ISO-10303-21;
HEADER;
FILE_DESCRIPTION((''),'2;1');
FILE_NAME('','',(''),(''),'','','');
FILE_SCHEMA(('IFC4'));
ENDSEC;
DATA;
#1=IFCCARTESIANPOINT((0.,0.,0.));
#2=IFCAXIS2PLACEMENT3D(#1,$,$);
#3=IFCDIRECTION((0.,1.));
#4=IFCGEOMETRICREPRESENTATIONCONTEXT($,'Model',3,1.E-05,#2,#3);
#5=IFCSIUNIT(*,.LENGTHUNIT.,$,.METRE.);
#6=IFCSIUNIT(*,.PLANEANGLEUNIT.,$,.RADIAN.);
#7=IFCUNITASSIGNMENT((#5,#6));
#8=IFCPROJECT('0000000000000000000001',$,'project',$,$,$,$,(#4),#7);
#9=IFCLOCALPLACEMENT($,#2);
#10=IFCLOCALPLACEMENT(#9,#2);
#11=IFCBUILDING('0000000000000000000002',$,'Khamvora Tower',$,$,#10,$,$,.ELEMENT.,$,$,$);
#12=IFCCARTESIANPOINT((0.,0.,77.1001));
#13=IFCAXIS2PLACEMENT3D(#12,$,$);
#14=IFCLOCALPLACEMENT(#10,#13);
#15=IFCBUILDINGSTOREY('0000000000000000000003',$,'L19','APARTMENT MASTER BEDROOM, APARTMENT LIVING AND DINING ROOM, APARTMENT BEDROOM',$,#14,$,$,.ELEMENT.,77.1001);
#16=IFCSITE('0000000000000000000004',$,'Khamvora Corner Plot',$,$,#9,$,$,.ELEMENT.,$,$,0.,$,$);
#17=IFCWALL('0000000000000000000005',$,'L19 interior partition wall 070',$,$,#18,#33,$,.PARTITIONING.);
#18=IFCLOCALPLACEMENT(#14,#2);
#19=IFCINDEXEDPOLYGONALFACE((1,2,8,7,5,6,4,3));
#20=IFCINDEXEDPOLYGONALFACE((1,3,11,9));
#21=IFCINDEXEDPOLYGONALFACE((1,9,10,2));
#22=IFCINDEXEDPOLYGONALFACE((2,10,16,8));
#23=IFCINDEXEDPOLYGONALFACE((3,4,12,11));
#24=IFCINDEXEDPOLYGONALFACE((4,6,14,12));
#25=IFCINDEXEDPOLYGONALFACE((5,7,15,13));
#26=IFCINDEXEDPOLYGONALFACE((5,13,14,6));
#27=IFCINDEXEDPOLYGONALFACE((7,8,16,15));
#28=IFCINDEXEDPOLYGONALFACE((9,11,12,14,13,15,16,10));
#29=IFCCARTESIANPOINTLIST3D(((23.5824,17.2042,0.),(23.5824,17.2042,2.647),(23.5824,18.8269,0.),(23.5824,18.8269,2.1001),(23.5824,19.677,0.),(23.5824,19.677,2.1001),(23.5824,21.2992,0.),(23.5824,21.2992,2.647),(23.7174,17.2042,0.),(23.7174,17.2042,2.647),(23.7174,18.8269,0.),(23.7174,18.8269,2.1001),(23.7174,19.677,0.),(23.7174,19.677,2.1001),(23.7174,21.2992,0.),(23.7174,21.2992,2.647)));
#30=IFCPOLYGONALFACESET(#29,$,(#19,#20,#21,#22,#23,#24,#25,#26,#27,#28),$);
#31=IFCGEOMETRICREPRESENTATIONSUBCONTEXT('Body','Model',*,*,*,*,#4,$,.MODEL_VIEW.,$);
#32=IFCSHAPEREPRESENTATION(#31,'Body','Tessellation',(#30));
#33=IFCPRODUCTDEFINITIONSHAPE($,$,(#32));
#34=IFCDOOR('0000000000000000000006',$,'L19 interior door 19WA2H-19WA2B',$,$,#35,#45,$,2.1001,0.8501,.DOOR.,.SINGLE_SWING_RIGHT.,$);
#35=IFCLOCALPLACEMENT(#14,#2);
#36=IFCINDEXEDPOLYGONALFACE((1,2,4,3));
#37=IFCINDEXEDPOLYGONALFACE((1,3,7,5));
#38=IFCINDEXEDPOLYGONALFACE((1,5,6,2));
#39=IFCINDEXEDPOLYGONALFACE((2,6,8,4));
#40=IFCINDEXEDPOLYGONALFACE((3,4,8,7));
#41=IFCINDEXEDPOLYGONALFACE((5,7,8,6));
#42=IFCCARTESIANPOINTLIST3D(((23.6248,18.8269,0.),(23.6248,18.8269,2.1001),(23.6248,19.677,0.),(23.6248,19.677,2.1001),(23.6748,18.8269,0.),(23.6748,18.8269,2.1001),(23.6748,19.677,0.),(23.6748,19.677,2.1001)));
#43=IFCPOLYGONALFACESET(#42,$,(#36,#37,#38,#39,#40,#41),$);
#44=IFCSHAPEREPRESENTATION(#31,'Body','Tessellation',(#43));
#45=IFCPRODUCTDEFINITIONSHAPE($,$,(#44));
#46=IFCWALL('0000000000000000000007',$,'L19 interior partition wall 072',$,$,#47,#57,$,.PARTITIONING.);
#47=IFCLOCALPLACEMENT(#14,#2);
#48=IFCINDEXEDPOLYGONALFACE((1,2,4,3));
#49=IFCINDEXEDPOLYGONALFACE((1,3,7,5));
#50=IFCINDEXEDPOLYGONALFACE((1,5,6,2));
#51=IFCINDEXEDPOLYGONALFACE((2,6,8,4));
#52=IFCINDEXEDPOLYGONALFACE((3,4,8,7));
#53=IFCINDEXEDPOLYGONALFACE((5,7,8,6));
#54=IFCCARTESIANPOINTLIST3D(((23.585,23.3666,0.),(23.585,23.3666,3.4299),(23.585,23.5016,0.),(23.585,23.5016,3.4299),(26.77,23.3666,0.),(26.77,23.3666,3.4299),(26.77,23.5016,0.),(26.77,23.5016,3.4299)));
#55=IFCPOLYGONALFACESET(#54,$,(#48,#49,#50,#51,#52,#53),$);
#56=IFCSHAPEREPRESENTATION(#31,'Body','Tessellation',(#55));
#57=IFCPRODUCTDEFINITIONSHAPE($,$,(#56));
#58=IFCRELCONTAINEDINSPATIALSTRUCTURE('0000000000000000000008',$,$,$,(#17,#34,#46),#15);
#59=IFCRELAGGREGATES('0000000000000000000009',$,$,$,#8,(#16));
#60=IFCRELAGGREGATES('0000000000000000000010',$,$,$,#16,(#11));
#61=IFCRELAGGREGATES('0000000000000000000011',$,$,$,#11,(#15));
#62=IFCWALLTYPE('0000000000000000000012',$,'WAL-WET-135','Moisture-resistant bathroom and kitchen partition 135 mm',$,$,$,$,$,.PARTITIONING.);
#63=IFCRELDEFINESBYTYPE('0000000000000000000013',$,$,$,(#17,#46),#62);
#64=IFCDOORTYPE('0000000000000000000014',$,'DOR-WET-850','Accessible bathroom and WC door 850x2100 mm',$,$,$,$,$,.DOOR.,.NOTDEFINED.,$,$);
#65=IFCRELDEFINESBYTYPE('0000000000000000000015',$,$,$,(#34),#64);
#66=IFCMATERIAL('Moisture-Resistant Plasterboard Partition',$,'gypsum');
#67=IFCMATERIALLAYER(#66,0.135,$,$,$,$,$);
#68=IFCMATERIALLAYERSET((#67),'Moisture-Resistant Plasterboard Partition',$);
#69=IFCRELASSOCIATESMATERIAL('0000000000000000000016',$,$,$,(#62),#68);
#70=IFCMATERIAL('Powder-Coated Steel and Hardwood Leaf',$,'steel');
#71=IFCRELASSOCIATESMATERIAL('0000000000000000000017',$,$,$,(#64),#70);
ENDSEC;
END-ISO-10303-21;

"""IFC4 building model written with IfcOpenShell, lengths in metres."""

from ifc_helpers import new_model, si_unit, direction, frame, frame_2d, origin, place, context, subcontext, project, spatial, rectangle, extrude, material, layer, layer_set, type_object, element, fill, save


model = new_model("IFC4")

# Units and contexts
model_context = context("Model", 3, precision=1e-05, world=origin(), true_north=direction((0.0, 1.0)))
body_context = subcontext(model_context, "Body", "Model", "MODEL_VIEW")
ifc_project = project(units=[si_unit("LENGTHUNIT", "METRE"), si_unit("PLANEANGLEUNIT", "RADIAN")], contexts=[model_context])

# Site, building, storey
site_placement = place(None, origin())
site = spatial("IfcSite", under=ifc_project, at=site_placement, Name="Khamvora Corner Plot", CompositionType="ELEMENT", RefElevation=0.0)
building_placement = place(site_placement, origin())
building = spatial("IfcBuilding", under=site, at=building_placement, Name="Khamvora Tower", CompositionType="ELEMENT")
storey_placement = place(building_placement, frame((0.0, 0.0, 77.1001)))
storey = spatial("IfcBuildingStorey", under=building, at=storey_placement, Name="L19", Description="APARTMENT MASTER BEDROOM, APARTMENT LIVING AND DINING ROOM, APARTMENT BEDROOM", CompositionType="ELEMENT", Elevation=77.1001)

# Shared definitions
ifc_material_1 = material(Name="Powder-Coated Steel and Hardwood Leaf", Category="steel")

# Shared definitions
ifc_material_2 = material(Name="Moisture-Resistant Plasterboard Partition", Category="gypsum")
ifc_layer_1 = layer(ifc_material_2, 0.135)
ifc_layer_set_1 = layer_set([ifc_layer_1], Name="Moisture-Resistant Plasterboard Partition")
wall_type_1 = type_object("IfcWallType", Name="WAL-WET-135", Description="Moisture-resistant bathroom and kitchen partition 135 mm", PredefinedType="PARTITIONING", material=ifc_layer_set_1)

# Wall, opening, door
wall_1_placement = place(storey_placement, frame((23.6499, 21.2991, 0.0), z_axis=(0.0, 0.0, 1.0), x_axis=(0.0, -1.0, 0.0)))
wall_1 = element("IfcWall", 1, at=wall_1_placement, inside=storey, type_object=wall_type_1, Name="L19 interior partition wall 070", PredefinedType="PARTITIONING", context=body_context, shape_type="SweptSolid", body=[
    extrude(rectangle(XDim=4.095, YDim=0.135, at=frame_2d((2.0474, 0.0))), origin(), (0.0, 0.0, 1.0), 2.647),
])
opening_1_placement = place(wall_1_placement, frame((1.6221, 0.0, 0.0)))
opening_1 = element("IfcOpeningElement", 2, at=opening_1_placement, cuts=wall_1, PredefinedType="OPENING", context=body_context, shape_type="SweptSolid", body=[
    extrude(rectangle(XDim=0.8501, YDim=2.1001, at=frame_2d((0.425, 1.05))), frame((0.0, 0.0774, 0.0), z_axis=(0.0, -1.0, 0.0), x_axis=(1.0, 0.0, 0.0)), (0.0, 0.0, 1.0), 0.155),
])
door_type_1 = type_object("IfcDoorType", Name="DOR-WET-850", Description="Accessible bathroom and WC door 850x2100 mm", OperationType="NOTDEFINED", PredefinedType="DOOR", material=ifc_material_1)
door_1_placement = place(opening_1_placement, origin())
door_1 = element("IfcDoor", 3, at=door_1_placement, inside=storey, type_object=door_type_1, Name="L19 interior door 19WA2H-19WA2B", OperationType="SINGLE_SWING_RIGHT", OverallHeight=2.1001, OverallWidth=0.8501, PredefinedType="DOOR", context=body_context, shape_type="SweptSolid", body=[
    extrude(rectangle(XDim=0.8501, YDim=2.1001, at=frame_2d((0.425, 1.05))), frame((0.0, 0.0249, 0.0), z_axis=(0.0, -1.0, 0.0), x_axis=(1.0, 0.0, 0.0)), (0.0, 0.0, 1.0), 0.05),
])
fill(opening_1, door_1)

# Wall
wall_2_placement = place(storey_placement, frame((23.585, 23.4341, 0.0), z_axis=(0.0, 0.0, 1.0), x_axis=(1.0, 0.0, 0.0)))
element("IfcWall", 4, at=wall_2_placement, inside=storey, type_object=wall_type_1, Name="L19 interior partition wall 072", PredefinedType="PARTITIONING", context=body_context, shape_type="SweptSolid", body=[
    extrude(rectangle(XDim=3.1851, YDim=0.135, at=frame_2d((1.5925, 0.0))), origin(), (0.0, 0.0, 1.0), 3.4299),
])

save(model, "model.ifc")
